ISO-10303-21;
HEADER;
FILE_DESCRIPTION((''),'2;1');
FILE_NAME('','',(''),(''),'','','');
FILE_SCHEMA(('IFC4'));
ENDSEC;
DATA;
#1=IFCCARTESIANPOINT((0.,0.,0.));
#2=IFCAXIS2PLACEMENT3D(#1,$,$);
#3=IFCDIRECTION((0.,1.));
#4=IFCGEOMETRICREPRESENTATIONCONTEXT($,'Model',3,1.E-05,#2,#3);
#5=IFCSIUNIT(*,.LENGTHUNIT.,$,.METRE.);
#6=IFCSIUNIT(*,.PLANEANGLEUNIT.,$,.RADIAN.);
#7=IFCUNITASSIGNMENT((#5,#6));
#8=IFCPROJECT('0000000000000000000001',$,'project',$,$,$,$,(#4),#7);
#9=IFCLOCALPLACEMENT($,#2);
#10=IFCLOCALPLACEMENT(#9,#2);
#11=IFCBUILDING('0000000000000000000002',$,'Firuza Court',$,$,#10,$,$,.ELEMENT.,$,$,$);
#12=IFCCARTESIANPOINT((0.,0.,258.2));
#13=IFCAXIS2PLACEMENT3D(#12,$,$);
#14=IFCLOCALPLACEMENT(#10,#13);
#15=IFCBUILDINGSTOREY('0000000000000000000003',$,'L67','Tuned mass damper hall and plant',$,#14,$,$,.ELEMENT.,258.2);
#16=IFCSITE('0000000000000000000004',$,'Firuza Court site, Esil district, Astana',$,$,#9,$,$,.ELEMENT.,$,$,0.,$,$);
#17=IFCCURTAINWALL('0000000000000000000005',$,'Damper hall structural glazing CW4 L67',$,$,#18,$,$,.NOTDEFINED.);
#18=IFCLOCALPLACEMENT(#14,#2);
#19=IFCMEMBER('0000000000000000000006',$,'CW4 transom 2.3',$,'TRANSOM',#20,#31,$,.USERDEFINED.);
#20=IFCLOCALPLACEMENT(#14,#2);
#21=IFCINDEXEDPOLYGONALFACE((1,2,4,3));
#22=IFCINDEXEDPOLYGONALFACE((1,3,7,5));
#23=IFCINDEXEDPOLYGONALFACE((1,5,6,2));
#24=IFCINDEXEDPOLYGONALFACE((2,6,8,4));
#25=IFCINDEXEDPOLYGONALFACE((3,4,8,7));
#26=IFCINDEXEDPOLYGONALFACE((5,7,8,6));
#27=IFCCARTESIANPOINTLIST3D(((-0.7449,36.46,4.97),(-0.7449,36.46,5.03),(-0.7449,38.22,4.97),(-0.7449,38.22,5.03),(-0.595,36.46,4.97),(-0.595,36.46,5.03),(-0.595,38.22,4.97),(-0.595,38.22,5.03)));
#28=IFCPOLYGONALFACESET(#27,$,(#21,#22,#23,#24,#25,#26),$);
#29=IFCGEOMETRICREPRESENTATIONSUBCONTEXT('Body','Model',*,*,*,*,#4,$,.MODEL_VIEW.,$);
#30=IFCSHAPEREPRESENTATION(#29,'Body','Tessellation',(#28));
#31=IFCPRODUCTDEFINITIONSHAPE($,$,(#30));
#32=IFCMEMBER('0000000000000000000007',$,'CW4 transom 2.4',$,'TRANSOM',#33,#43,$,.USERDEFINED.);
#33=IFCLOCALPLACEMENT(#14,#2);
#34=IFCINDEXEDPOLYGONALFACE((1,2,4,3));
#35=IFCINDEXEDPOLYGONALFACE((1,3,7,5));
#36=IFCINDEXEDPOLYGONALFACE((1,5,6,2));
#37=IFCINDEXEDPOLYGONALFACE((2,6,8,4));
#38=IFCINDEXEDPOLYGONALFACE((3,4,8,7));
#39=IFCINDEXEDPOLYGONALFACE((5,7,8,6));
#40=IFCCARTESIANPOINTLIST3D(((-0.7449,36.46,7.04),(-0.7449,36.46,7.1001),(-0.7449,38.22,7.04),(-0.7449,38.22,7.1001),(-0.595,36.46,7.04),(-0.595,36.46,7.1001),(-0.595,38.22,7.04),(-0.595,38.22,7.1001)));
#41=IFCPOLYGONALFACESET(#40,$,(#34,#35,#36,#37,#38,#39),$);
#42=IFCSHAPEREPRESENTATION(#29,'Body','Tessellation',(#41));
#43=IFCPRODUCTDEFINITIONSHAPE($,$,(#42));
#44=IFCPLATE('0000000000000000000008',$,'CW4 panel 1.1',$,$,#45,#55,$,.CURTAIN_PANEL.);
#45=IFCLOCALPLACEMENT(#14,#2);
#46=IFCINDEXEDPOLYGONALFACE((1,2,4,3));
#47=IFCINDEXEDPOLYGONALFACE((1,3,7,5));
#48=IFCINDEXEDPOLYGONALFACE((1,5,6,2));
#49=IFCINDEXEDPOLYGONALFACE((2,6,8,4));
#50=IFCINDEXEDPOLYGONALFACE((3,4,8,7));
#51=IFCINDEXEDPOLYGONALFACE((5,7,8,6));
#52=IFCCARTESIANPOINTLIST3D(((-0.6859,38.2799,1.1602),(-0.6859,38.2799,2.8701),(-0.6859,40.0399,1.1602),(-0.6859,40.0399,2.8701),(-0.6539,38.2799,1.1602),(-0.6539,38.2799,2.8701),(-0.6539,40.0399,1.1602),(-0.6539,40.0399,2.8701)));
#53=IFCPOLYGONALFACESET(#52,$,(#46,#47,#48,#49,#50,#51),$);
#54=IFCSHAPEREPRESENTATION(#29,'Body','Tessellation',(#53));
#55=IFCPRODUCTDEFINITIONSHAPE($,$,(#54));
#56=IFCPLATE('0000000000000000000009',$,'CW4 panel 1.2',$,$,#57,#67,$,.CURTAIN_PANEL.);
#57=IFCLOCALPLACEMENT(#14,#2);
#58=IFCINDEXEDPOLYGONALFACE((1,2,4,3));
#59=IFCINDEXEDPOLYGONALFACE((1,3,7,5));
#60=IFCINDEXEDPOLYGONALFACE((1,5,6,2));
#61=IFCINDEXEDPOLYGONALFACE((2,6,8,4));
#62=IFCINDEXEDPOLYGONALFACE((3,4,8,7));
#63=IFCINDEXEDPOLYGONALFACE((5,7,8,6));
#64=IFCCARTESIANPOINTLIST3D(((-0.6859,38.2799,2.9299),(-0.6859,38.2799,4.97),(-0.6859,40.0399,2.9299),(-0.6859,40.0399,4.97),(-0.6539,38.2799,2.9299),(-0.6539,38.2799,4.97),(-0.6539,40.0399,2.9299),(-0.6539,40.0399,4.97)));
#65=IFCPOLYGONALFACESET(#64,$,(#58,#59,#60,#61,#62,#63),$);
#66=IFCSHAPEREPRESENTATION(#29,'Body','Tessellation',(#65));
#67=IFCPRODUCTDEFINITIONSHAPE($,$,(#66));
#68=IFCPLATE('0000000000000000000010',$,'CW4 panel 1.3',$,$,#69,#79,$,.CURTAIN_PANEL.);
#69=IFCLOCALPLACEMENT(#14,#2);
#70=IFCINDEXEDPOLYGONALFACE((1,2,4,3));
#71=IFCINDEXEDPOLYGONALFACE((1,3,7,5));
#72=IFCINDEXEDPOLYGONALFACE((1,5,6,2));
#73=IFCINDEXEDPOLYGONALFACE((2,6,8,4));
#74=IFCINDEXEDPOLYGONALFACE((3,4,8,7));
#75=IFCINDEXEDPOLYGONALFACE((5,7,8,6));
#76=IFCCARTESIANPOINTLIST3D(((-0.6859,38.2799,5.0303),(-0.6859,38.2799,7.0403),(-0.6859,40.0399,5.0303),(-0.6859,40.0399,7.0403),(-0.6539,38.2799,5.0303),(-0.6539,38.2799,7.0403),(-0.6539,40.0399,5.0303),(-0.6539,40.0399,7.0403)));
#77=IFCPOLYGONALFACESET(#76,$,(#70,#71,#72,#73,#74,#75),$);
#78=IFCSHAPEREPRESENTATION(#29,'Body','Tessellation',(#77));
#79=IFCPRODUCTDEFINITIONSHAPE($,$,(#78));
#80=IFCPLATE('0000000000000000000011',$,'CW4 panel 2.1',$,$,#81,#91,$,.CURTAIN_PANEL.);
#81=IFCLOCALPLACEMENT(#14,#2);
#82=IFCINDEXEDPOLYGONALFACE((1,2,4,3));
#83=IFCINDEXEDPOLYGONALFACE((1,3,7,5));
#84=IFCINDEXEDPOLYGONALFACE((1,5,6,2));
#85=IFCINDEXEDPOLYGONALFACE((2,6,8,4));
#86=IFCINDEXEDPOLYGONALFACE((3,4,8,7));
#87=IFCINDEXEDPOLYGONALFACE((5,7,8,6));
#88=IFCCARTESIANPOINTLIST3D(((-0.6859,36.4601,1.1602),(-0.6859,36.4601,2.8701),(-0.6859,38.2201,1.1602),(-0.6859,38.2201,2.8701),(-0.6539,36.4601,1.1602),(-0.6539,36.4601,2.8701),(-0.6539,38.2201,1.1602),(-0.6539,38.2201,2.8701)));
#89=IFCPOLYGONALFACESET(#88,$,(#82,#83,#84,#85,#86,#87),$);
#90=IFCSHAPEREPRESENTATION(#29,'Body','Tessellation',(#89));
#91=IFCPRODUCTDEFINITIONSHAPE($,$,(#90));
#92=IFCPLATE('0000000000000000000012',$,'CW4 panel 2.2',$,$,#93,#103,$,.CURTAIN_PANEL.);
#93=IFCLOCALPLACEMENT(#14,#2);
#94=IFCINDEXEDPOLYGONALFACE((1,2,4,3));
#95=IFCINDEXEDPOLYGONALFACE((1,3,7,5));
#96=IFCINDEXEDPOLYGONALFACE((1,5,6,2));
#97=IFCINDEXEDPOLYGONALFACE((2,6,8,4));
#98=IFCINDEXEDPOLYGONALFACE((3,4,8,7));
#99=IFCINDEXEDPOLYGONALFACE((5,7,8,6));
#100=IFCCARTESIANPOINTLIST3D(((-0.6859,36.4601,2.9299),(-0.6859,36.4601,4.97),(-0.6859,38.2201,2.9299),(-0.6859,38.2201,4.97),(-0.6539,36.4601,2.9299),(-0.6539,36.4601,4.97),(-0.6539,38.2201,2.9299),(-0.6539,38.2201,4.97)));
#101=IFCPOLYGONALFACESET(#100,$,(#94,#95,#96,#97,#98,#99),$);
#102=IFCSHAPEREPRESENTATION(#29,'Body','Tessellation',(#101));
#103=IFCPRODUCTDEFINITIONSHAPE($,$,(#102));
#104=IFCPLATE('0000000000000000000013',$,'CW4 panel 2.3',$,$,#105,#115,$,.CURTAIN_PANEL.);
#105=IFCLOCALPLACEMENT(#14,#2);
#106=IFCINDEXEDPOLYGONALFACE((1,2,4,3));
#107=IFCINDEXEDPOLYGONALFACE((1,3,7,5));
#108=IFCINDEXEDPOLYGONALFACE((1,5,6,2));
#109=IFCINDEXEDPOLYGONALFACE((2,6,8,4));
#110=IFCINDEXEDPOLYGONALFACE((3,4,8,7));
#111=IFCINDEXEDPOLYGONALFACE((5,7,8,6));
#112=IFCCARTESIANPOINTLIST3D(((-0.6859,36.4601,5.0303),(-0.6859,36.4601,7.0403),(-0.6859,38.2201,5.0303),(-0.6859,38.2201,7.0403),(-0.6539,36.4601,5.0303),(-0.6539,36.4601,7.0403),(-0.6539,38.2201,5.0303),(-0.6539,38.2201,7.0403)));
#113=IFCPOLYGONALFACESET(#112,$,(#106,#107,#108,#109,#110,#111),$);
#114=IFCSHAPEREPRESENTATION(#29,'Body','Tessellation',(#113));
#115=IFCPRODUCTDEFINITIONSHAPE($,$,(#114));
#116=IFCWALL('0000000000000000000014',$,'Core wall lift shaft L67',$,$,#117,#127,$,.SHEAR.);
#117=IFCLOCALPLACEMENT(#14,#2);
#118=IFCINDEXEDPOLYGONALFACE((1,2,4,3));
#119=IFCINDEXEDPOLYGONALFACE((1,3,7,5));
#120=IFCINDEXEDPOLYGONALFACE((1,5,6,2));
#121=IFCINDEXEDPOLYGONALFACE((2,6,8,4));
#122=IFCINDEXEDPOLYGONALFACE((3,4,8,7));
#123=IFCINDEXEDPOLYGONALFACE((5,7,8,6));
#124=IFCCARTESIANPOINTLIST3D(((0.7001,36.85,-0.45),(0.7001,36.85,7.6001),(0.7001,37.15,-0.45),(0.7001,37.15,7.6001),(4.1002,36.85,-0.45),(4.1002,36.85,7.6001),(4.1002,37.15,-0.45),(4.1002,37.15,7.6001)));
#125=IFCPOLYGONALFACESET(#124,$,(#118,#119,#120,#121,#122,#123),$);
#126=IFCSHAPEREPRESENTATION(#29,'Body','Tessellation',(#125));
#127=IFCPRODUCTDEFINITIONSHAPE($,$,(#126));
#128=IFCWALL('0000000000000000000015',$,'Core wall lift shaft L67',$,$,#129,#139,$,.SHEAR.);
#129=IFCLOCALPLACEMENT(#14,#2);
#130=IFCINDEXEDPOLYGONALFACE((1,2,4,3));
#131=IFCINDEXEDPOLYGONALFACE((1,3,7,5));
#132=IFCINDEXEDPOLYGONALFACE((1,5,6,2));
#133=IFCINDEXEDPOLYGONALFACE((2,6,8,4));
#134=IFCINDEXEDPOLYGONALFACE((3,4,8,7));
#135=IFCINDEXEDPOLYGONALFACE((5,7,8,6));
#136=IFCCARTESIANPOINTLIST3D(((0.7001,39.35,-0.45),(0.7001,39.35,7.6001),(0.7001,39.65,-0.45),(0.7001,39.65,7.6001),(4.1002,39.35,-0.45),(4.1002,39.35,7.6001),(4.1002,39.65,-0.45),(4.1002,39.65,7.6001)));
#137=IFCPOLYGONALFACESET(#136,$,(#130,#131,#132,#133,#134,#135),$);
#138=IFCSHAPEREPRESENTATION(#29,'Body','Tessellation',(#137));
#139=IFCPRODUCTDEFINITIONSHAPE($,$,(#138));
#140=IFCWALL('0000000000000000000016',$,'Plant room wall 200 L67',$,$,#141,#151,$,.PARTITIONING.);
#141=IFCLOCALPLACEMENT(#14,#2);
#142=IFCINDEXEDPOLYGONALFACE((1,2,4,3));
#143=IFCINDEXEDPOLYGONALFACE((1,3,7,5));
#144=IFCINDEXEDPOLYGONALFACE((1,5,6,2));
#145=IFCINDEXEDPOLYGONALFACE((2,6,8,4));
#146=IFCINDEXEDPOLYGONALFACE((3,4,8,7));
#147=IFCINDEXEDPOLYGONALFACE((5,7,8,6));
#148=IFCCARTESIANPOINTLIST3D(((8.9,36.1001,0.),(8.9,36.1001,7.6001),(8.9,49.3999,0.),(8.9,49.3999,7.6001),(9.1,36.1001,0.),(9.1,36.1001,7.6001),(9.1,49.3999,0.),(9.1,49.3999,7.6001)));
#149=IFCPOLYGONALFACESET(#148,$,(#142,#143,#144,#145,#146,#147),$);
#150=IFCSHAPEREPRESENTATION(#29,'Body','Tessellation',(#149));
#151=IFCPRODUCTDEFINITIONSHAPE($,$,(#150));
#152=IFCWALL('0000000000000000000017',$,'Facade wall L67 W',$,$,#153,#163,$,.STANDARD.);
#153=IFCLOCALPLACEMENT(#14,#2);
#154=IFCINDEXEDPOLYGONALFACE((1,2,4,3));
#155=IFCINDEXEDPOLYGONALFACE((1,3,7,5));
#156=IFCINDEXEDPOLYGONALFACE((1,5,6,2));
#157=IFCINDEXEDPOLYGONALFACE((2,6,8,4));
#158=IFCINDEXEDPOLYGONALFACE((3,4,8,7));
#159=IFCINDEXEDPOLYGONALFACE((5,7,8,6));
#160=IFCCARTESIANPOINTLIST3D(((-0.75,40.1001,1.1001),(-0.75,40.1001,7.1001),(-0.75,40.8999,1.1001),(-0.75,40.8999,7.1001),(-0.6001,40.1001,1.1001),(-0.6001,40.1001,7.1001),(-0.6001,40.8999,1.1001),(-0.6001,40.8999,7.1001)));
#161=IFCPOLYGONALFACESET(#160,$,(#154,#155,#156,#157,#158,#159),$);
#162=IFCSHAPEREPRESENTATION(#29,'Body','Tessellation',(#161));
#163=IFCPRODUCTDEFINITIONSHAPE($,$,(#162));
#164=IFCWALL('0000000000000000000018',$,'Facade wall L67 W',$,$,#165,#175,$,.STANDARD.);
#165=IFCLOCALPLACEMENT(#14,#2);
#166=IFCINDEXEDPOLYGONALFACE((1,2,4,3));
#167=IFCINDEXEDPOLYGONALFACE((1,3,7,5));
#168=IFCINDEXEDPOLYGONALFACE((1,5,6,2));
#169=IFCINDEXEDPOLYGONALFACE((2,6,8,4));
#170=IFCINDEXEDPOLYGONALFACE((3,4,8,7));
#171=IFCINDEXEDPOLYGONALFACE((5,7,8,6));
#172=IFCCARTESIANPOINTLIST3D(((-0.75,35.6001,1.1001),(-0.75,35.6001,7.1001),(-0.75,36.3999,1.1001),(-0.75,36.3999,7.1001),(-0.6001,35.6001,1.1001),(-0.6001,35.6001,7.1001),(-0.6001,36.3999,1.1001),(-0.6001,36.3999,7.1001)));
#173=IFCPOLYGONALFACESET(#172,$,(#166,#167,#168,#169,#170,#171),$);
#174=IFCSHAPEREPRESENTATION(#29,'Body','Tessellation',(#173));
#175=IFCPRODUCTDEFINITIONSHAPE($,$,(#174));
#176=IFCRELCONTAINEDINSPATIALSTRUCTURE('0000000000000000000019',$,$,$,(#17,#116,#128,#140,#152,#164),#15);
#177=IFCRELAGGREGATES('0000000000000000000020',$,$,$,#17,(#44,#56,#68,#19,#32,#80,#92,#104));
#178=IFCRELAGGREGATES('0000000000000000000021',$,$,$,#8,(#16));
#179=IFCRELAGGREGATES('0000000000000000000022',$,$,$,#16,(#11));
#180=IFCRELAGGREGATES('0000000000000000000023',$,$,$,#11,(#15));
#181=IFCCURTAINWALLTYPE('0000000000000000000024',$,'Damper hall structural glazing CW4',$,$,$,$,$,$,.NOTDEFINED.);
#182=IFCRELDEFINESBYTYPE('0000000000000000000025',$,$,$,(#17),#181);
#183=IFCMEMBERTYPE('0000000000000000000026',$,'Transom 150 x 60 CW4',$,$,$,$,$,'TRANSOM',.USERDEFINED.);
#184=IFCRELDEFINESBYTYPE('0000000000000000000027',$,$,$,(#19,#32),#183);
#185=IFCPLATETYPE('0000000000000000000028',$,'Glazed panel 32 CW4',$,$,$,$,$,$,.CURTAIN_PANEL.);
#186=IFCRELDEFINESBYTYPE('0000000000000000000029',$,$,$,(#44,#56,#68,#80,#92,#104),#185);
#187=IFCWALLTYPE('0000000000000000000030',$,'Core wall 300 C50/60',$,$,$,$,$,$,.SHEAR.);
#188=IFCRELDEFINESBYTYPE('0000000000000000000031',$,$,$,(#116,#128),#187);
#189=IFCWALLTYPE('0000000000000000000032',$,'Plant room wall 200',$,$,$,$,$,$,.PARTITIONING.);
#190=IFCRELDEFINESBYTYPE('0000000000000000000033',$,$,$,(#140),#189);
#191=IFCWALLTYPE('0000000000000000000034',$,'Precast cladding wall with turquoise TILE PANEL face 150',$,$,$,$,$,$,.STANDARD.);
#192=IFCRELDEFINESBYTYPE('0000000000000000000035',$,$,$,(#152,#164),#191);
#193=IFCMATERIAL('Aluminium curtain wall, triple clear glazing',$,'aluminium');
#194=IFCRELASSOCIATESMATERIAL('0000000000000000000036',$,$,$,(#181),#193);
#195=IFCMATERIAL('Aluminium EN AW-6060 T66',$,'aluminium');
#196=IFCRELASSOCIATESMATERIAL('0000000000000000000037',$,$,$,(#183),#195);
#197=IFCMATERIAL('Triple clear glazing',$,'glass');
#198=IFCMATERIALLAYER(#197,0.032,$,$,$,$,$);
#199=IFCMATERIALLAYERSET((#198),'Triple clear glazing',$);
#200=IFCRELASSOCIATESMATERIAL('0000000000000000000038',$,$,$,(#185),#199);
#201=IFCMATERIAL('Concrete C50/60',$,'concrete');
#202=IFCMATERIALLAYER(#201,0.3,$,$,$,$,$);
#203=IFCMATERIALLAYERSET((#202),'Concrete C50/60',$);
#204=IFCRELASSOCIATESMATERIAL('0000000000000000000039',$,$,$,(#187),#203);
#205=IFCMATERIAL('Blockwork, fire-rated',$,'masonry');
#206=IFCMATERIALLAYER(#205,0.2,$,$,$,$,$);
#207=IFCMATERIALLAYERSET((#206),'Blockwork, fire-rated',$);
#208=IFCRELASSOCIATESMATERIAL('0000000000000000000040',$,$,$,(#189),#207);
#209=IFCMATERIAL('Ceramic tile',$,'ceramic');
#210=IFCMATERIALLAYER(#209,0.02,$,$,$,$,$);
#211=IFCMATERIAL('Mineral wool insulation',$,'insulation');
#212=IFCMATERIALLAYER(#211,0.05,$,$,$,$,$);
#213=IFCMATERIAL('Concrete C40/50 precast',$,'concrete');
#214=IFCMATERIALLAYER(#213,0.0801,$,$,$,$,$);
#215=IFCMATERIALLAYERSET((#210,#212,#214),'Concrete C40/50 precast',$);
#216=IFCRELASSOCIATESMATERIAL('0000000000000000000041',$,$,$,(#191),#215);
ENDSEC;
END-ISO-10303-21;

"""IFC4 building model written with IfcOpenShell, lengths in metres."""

from ifc_helpers import new_model, si_unit, direction, frame, frame_2d, origin, origin_2d, place, context, subcontext, project, spatial, rectangle, extrude, material, layer, layer_set, material_profile, profile_set, type_object, element, aggregate, save


model = new_model("IFC4")

# Units and contexts
model_context = context("Model", 3, precision=1e-05, world=origin(), true_north=direction((0.0, 1.0)))
body_context = subcontext(model_context, "Body", "Model", "MODEL_VIEW")
ifc_project = project(units=[si_unit("LENGTHUNIT", "METRE"), si_unit("PLANEANGLEUNIT", "RADIAN")], contexts=[model_context])

# Site, building, storey
site_placement = place(None, origin())
site = spatial("IfcSite", under=ifc_project, at=site_placement, Name="Firuza Court site, Esil district, Astana", CompositionType="ELEMENT", RefElevation=0.0)
building_placement = place(site_placement, origin())
building = spatial("IfcBuilding", under=site, at=building_placement, Name="Firuza Court", CompositionType="ELEMENT")
storey_placement = place(building_placement, frame((0.0, 0.0, 258.2)))
storey = spatial("IfcBuildingStorey", under=building, at=storey_placement, Name="L67", Description="Tuned mass damper hall and plant", CompositionType="ELEMENT", Elevation=258.2)

# Shared definitions
ifc_material_1 = material(Name="Aluminium curtain wall, triple clear glazing", Category="aluminium")
curtain_wall_type = type_object("IfcCurtainWallType", Name="Damper hall structural glazing CW4", PredefinedType="NOTDEFINED", material=ifc_material_1)

# Curtain wall
curtain_wall_1_placement = place(storey_placement, origin())
curtain_wall_1 = element("IfcCurtainWall", 1, at=curtain_wall_1_placement, inside=storey, type_object=curtain_wall_type, Name="Damper hall structural glazing CW4 L67", PredefinedType="NOTDEFINED")

# Members
ifc_material_2 = material(Name="Aluminium EN AW-6060 T66", Category="aluminium")
ifc_material_profile_1 = material_profile(ifc_material_2, rectangle(XDim=0.1499, YDim=0.0601, at=origin_2d()), Name="Transom 150 x 60 CW4")
ifc_profile_set_1 = profile_set([ifc_material_profile_1], Name="Aluminium EN AW-6060 T66")
member_type_1 = type_object("IfcMemberType", Name="Transom 150 x 60 CW4", ElementType="TRANSOM", PredefinedType="USERDEFINED", material=ifc_profile_set_1)
member_1_placement = place(storey_placement, frame((-0.6699, 38.22, 5.0), z_axis=(0.0, -1.0, 0.0), x_axis=(1.0, 0.0, 0.0)))
member_1 = element("IfcMember", 2, at=member_1_placement, type_object=member_type_1, Name="CW4 transom 2.3", ObjectType="TRANSOM", PredefinedType="USERDEFINED", context=body_context, shape_type="SweptSolid", body=[
    extrude(rectangle(XDim=0.1499, YDim=0.0601, at=origin_2d()), origin(), (0.0, 0.0, 1.0), 1.76),
])
member_2_placement = place(storey_placement, frame((-0.6699, 38.22, 7.0701), z_axis=(0.0, -1.0, 0.0), x_axis=(1.0, 0.0, 0.0)))
member_2 = element("IfcMember", 3, at=member_2_placement, type_object=member_type_1, Name="CW4 transom 2.4", ObjectType="TRANSOM", PredefinedType="USERDEFINED", context=body_context, shape_type="SweptSolid", body=[
    extrude(rectangle(XDim=0.1499, YDim=0.0601, at=origin_2d()), origin(), (0.0, 0.0, 1.0), 1.76),
])

# Plates
ifc_material_3 = material(Name="Triple clear glazing", Category="glass")
ifc_layer_1 = layer(ifc_material_3, 0.032)
ifc_layer_set_1 = layer_set([ifc_layer_1], Name="Triple clear glazing")
plate_type = type_object("IfcPlateType", Name="Glazed panel 32 CW4", PredefinedType="CURTAIN_PANEL", material=ifc_layer_set_1)
plate_1_placement = place(storey_placement, frame((-0.6699, 39.1599, 1.1602), z_axis=(0.0, 0.0, 1.0), x_axis=(0.0, -1.0, 0.0)))
plate_1 = element("IfcPlate", 4, at=plate_1_placement, type_object=plate_type, Name="CW4 panel 1.1", PredefinedType="CURTAIN_PANEL", context=body_context, shape_type="SweptSolid", body=[
    extrude(rectangle(XDim=1.76, YDim=0.032, at=origin_2d()), origin(), (0.0, 0.0, 1.0), 1.71),
])
plate_2_placement = place(storey_placement, frame((-0.6699, 39.1599, 2.9299), z_axis=(0.0, 0.0, 1.0), x_axis=(0.0, -1.0, 0.0)))
plate_2 = element("IfcPlate", 5, at=plate_2_placement, type_object=plate_type, Name="CW4 panel 1.2", PredefinedType="CURTAIN_PANEL", context=body_context, shape_type="SweptSolid", body=[
    extrude(rectangle(XDim=1.76, YDim=0.032, at=origin_2d()), origin(), (0.0, 0.0, 1.0), 2.04),
])
plate_3_placement = place(storey_placement, frame((-0.6699, 39.1599, 5.0303), z_axis=(0.0, 0.0, 1.0), x_axis=(0.0, -1.0, 0.0)))
plate_3 = element("IfcPlate", 6, at=plate_3_placement, type_object=plate_type, Name="CW4 panel 1.3", PredefinedType="CURTAIN_PANEL", context=body_context, shape_type="SweptSolid", body=[
    extrude(rectangle(XDim=1.76, YDim=0.032, at=origin_2d()), origin(), (0.0, 0.0, 1.0), 2.01),
])
plate_4_placement = place(storey_placement, frame((-0.6699, 37.3401, 1.1602), z_axis=(0.0, 0.0, 1.0), x_axis=(0.0, -1.0, 0.0)))
plate_4 = element("IfcPlate", 7, at=plate_4_placement, type_object=plate_type, Name="CW4 panel 2.1", PredefinedType="CURTAIN_PANEL", context=body_context, shape_type="SweptSolid", body=[
    extrude(rectangle(XDim=1.76, YDim=0.032, at=origin_2d()), origin(), (0.0, 0.0, 1.0), 1.71),
])
plate_5_placement = place(storey_placement, frame((-0.6699, 37.3401, 2.9299), z_axis=(0.0, 0.0, 1.0), x_axis=(0.0, -1.0, 0.0)))
plate_5 = element("IfcPlate", 8, at=plate_5_placement, type_object=plate_type, Name="CW4 panel 2.2", PredefinedType="CURTAIN_PANEL", context=body_context, shape_type="SweptSolid", body=[
    extrude(rectangle(XDim=1.76, YDim=0.032, at=origin_2d()), origin(), (0.0, 0.0, 1.0), 2.04),
])
plate_6_placement = place(storey_placement, frame((-0.6699, 37.3401, 5.0303), z_axis=(0.0, 0.0, 1.0), x_axis=(0.0, -1.0, 0.0)))
plate_6 = element("IfcPlate", 9, at=plate_6_placement, type_object=plate_type, Name="CW4 panel 2.3", PredefinedType="CURTAIN_PANEL", context=body_context, shape_type="SweptSolid", body=[
    extrude(rectangle(XDim=1.76, YDim=0.032, at=origin_2d()), origin(), (0.0, 0.0, 1.0), 2.01),
])
aggregate(curtain_wall_1, [plate_1, plate_2, plate_3, member_1, member_2, plate_4, plate_5, plate_6])

# Walls
ifc_material_4 = material(Name="Concrete C50/60", Category="concrete")
ifc_layer_2 = layer(ifc_material_4, 0.3)
ifc_layer_set_2 = layer_set([ifc_layer_2], Name="Concrete C50/60")
wall_type_1 = type_object("IfcWallType", Name="Core wall 300 C50/60", PredefinedType="SHEAR", material=ifc_layer_set_2)
for number, where, z_axis, x_axis, name in (
    (10, (0.7, 37.0, -0.45), (0.0, 0.0, 1.0), (1.0, 0.0, 0.0), "Core wall lift shaft L67"),
    (11, (0.7, 39.5, -0.45), (0.0, 0.0, 1.0), (1.0, 0.0, 0.0), "Core wall lift shaft L67"),
):
    element("IfcWall", number, at=place(storey_placement, frame(where, z_axis=z_axis, x_axis=x_axis)), inside=storey, type_object=wall_type_1, Name=name, PredefinedType="SHEAR", context=body_context, shape_type="SweptSolid", body=[
        extrude(rectangle(XDim=3.4001, YDim=0.3, at=frame_2d((1.7002, 0.0))), origin(), (0.0, 0.0, 1.0), 8.05),
    ])
ifc_material_5 = material(Name="Blockwork, fire-rated", Category="masonry")
ifc_layer_3 = layer(ifc_material_5, 0.2)
ifc_layer_set_3 = layer_set([ifc_layer_3], Name="Blockwork, fire-rated")
wall_type_2 = type_object("IfcWallType", Name="Plant room wall 200", PredefinedType="PARTITIONING", material=ifc_layer_set_3)
wall_placement = place(storey_placement, frame((9.0, 36.1001, 0.0), z_axis=(0.0, 0.0, 1.0), x_axis=(0.0, 1.0, 0.0)))
element("IfcWall", 12, at=wall_placement, inside=storey, type_object=wall_type_2, Name="Plant room wall 200 L67", PredefinedType="PARTITIONING", context=body_context, shape_type="SweptSolid", body=[
    extrude(rectangle(XDim=13.2998, YDim=0.2, at=frame_2d((6.6499, 0.0))), origin(), (0.0, 0.0, 1.0), 7.6001),
])
ifc_material_6 = material(Name="Ceramic tile", Category="ceramic")
ifc_layer_4 = layer(ifc_material_6, 0.02)
ifc_material_7 = material(Name="Mineral wool insulation", Category="insulation")
ifc_layer_5 = layer(ifc_material_7, 0.05)
ifc_material_8 = material(Name="Concrete C40/50 precast", Category="concrete")
ifc_layer_6 = layer(ifc_material_8, 0.0801)
ifc_layer_set_4 = layer_set([ifc_layer_4, ifc_layer_5, ifc_layer_6], Name="Concrete C40/50 precast")
wall_type_3 = type_object("IfcWallType", Name="Precast cladding wall with turquoise TILE PANEL face 150", PredefinedType="STANDARD", material=ifc_layer_set_4)
for number, where, z_axis, x_axis, name in (
    (13, (-0.675, 40.8999, 1.1001), (0.0, 0.0, 1.0), (0.0, -1.0, 0.0), "Facade wall L67 W"),
    (14, (-0.675, 36.3999, 1.1001), (0.0, 0.0, 1.0), (0.0, -1.0, 0.0), "Facade wall L67 W"),
):
    element("IfcWall", number, at=place(storey_placement, frame(where, z_axis=z_axis, x_axis=x_axis)), inside=storey, type_object=wall_type_3, Name=name, PredefinedType="STANDARD", context=body_context, shape_type="SweptSolid", body=[
        extrude(rectangle(XDim=0.7998, YDim=0.1499, at=frame_2d((0.3999, 0.0))), origin(), (0.0, 0.0, 1.0), 6.0),
    ])

save(model, "model.ifc")
